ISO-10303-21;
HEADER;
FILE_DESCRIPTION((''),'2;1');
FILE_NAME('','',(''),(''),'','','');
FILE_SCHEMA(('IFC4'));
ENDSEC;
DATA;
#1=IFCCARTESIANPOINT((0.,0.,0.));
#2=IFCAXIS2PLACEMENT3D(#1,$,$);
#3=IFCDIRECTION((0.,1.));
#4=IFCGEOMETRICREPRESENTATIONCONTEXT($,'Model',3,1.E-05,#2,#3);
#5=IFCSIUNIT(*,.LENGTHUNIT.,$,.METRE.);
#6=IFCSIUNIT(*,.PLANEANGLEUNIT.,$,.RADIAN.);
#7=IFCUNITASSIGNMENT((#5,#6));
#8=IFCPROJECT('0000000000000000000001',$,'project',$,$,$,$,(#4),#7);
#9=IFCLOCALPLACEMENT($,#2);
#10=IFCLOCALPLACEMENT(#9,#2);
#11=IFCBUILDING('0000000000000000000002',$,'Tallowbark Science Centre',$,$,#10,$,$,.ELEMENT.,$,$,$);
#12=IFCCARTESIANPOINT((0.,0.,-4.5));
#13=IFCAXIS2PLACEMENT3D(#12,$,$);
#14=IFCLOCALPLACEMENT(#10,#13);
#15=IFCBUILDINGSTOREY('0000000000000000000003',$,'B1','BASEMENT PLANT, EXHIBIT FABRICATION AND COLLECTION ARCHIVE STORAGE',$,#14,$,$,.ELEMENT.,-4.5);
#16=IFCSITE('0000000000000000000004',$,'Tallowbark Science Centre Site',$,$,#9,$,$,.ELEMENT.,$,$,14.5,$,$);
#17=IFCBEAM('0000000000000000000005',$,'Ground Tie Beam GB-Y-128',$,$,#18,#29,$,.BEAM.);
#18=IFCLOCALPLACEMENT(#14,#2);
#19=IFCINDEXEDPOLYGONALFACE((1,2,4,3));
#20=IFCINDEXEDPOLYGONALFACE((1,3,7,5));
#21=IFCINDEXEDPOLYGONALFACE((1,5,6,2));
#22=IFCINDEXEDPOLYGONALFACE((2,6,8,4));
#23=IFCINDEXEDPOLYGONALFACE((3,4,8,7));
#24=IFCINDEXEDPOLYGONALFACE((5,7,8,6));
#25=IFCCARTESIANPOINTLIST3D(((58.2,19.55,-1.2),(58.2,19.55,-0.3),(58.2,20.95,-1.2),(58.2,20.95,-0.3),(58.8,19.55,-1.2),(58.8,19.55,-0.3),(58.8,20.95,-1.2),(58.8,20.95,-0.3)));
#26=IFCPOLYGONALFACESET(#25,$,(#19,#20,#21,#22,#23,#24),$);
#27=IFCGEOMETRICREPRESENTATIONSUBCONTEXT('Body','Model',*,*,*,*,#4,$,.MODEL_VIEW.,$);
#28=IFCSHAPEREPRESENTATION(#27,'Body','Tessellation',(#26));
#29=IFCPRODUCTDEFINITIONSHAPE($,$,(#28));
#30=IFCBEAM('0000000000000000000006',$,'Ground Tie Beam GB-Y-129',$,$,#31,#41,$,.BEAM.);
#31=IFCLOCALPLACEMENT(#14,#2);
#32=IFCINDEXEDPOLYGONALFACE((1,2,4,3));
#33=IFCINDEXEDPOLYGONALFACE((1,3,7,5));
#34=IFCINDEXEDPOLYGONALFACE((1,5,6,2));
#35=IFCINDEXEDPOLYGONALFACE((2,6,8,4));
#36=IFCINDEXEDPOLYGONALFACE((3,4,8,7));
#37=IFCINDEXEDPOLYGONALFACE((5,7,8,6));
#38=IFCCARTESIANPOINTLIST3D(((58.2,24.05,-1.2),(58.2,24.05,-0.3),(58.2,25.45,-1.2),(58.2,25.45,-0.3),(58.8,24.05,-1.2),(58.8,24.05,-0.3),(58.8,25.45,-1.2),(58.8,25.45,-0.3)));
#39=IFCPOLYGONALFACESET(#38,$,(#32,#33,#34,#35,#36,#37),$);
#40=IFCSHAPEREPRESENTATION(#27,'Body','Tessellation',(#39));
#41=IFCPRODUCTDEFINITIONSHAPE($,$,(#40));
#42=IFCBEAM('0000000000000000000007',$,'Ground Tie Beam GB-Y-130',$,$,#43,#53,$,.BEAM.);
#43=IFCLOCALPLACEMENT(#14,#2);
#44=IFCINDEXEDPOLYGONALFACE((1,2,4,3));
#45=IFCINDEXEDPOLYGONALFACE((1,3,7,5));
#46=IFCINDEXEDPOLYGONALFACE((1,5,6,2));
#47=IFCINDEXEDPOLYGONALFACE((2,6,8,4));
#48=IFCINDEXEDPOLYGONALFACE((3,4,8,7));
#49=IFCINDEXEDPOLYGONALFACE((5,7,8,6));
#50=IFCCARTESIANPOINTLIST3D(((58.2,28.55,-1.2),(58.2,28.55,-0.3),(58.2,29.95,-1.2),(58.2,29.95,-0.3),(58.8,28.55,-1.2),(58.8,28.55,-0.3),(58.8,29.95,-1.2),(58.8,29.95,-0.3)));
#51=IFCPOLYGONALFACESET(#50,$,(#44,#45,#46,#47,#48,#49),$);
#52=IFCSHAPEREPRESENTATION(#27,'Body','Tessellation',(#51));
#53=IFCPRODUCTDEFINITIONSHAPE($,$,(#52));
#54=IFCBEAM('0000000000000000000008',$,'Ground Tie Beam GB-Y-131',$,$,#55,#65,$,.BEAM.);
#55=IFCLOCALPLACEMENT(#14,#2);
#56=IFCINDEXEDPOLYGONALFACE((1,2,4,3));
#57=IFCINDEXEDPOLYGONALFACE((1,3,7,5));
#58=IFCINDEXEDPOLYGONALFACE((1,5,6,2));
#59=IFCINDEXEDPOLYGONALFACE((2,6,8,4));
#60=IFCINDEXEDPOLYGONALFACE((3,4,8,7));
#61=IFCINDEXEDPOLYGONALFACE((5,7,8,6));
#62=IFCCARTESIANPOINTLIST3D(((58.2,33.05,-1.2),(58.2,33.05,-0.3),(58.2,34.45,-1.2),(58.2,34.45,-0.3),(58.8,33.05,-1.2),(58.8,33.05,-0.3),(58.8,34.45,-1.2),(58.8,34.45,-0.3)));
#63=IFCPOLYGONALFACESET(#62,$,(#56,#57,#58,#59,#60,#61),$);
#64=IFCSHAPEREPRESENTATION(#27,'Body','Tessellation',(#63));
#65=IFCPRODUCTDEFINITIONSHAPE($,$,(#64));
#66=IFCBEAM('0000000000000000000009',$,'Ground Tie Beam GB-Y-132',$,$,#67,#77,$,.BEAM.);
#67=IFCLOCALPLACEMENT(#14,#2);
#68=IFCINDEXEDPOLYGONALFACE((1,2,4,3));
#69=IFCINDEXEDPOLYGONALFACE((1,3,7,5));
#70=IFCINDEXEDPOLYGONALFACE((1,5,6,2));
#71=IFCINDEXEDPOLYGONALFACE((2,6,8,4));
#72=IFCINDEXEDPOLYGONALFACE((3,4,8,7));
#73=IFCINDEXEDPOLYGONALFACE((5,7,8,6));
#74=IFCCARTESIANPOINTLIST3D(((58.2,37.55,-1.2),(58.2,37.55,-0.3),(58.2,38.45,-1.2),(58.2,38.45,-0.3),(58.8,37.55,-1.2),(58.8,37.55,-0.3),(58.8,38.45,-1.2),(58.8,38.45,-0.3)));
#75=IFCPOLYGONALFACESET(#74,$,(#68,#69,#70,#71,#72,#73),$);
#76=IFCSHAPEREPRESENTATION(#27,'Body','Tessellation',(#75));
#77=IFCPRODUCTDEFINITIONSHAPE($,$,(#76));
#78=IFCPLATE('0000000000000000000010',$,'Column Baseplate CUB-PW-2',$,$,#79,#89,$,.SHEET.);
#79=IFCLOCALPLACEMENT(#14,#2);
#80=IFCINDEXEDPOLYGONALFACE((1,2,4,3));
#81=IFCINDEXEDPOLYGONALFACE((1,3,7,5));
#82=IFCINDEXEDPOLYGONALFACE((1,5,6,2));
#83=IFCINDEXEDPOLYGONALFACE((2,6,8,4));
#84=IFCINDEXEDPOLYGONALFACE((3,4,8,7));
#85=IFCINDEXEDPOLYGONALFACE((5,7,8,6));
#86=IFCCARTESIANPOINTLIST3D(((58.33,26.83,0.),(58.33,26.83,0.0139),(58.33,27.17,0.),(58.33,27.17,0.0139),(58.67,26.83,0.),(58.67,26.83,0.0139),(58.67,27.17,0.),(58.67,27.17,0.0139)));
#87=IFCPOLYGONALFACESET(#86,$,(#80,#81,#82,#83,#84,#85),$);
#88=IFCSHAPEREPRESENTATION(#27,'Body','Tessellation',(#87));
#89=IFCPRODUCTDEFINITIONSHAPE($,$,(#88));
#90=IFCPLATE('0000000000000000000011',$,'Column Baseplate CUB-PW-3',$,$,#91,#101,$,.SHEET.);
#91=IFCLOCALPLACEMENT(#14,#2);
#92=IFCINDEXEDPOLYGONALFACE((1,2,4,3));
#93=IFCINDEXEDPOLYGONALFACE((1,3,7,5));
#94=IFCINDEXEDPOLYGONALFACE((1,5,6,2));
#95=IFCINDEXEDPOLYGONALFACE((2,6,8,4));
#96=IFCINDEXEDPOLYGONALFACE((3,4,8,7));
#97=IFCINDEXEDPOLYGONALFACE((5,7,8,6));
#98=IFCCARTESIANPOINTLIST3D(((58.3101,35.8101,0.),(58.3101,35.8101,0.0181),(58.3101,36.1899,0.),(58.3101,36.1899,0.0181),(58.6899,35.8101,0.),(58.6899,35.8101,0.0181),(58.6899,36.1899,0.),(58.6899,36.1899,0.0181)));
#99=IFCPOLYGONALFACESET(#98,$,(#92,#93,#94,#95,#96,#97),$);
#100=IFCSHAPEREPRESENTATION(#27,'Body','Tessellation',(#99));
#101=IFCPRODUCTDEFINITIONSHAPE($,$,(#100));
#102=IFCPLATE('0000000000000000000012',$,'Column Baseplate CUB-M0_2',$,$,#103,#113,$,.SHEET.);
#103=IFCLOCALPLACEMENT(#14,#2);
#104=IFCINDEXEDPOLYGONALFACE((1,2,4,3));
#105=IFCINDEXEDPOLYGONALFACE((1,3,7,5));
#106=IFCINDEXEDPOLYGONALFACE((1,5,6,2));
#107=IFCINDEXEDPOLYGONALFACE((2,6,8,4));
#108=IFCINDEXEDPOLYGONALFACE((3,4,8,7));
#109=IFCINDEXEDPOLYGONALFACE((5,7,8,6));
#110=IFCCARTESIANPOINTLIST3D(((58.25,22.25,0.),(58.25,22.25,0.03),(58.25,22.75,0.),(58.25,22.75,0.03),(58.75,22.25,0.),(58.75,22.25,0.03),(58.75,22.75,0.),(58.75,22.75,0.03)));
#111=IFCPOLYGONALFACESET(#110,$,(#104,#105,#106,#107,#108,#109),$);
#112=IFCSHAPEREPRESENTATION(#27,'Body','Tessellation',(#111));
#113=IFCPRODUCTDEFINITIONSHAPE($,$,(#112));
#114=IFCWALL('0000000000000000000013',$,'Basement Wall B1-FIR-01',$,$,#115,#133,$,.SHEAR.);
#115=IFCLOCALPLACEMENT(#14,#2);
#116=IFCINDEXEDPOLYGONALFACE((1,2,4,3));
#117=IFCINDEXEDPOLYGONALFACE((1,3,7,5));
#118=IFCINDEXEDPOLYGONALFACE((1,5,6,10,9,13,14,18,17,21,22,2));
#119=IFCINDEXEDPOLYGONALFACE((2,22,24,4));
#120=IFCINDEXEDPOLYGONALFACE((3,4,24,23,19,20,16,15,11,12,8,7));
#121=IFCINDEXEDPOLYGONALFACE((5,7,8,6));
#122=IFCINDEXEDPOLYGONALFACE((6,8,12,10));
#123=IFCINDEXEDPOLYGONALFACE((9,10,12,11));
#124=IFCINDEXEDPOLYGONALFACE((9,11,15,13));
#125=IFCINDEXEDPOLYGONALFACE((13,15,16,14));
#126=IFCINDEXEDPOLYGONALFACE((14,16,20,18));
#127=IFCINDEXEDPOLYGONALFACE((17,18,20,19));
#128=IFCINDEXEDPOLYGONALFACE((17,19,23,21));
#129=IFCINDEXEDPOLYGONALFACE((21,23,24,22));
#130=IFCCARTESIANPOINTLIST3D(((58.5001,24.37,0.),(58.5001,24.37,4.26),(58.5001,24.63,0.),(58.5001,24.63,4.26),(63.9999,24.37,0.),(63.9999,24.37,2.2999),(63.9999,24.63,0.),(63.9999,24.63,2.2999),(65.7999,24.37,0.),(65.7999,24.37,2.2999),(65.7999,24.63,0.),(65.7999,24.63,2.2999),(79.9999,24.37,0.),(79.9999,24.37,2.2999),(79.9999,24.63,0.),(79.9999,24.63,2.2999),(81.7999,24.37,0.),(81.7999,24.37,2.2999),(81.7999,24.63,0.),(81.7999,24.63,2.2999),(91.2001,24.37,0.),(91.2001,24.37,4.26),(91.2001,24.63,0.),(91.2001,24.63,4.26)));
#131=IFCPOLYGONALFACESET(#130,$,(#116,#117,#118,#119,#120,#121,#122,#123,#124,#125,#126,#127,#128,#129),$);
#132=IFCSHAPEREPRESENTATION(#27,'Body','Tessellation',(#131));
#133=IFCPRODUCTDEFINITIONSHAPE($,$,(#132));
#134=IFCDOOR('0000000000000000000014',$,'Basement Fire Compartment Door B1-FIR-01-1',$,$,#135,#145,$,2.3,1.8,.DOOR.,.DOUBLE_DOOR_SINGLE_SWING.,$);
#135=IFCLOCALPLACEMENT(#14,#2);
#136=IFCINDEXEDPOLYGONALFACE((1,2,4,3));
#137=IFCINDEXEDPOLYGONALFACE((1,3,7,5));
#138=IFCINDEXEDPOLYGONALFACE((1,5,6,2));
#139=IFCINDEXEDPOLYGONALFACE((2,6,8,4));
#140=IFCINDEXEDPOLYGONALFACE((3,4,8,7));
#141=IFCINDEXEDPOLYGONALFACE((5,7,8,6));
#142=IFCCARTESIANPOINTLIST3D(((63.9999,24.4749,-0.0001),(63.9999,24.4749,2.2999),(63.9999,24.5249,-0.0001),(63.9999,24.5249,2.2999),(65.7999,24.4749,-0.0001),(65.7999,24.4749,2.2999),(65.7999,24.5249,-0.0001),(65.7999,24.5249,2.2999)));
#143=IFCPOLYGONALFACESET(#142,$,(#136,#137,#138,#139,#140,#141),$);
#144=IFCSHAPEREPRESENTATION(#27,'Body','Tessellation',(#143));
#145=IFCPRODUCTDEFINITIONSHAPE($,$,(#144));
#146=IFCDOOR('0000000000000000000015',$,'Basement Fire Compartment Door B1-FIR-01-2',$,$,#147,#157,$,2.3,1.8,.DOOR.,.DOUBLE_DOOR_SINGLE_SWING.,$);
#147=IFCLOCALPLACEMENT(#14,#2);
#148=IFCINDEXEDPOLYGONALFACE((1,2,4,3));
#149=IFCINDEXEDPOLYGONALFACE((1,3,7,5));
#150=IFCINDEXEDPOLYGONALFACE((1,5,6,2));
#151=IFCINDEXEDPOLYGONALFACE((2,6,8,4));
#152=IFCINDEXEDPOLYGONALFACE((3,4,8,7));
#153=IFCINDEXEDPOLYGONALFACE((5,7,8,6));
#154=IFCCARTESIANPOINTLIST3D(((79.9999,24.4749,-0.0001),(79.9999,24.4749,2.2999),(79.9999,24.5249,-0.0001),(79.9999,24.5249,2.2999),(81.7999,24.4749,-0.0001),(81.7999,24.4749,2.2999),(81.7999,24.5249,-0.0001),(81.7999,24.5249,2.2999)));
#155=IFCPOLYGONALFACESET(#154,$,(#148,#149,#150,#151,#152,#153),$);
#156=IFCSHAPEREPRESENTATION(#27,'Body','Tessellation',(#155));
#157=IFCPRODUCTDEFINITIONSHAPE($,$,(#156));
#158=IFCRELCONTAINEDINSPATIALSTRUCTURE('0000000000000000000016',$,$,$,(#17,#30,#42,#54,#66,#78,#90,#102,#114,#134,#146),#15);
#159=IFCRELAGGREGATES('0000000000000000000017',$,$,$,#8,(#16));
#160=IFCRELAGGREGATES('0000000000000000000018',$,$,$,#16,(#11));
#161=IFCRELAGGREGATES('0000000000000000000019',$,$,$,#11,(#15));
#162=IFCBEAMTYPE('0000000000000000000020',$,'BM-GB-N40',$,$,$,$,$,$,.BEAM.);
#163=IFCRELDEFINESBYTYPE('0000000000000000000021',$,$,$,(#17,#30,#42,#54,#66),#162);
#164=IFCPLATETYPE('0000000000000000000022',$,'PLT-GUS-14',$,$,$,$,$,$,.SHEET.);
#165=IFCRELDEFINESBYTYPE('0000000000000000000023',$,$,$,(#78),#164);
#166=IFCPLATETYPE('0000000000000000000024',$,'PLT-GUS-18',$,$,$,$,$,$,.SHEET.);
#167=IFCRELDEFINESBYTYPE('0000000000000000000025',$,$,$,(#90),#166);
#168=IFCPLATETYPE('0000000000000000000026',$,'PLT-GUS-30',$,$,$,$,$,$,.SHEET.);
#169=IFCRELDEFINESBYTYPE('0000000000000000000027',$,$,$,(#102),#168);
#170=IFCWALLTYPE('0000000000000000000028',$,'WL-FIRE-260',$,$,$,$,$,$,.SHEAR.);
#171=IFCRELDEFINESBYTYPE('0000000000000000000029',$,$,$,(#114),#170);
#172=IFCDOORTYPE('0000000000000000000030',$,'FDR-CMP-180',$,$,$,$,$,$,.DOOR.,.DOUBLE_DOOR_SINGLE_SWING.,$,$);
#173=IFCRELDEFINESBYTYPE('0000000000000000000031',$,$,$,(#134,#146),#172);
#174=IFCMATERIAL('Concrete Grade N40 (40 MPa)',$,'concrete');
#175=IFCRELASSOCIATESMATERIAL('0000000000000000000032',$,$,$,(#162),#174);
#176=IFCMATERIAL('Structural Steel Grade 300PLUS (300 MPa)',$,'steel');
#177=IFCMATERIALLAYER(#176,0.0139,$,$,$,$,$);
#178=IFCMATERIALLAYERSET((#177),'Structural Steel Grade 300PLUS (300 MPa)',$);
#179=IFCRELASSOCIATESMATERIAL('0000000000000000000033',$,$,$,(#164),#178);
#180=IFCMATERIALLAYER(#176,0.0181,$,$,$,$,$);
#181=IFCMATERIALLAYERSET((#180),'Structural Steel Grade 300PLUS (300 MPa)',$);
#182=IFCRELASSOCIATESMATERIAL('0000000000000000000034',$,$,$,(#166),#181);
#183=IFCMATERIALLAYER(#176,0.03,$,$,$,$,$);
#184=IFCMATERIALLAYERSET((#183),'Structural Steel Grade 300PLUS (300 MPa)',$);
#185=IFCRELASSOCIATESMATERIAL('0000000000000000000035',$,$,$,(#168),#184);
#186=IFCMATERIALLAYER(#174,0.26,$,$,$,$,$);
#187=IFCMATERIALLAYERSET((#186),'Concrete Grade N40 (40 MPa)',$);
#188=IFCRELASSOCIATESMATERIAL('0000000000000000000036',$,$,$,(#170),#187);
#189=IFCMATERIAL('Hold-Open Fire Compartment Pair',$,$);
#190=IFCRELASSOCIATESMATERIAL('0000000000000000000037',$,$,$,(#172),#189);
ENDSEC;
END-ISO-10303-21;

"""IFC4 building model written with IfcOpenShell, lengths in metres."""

from ifc_helpers import new_model, si_unit, direction, frame, frame_2d, origin, origin_2d, place, context, subcontext, project, spatial, rectangle, extrude, material, layer, layer_set, material_profile, profile_set, type_object, element, fill, save


model = new_model("IFC4")

# Units and contexts
model_context = context("Model", 3, precision=1e-05, world=origin(), true_north=direction((0.0, 1.0)))
body_context = subcontext(model_context, "Body", "Model", "MODEL_VIEW")
ifc_project = project(units=[si_unit("LENGTHUNIT", "METRE"), si_unit("PLANEANGLEUNIT", "RADIAN")], contexts=[model_context])

# Site, building, storey
site_placement = place(None, origin())
site = spatial("IfcSite", under=ifc_project, at=site_placement, Name="Tallowbark Science Centre Site", CompositionType="ELEMENT", RefElevation=14.5)
building_placement = place(site_placement, origin())
building = spatial("IfcBuilding", under=site, at=building_placement, Name="Tallowbark Science Centre", CompositionType="ELEMENT")
storey_placement = place(building_placement, frame((0.0, 0.0, -4.5)))
storey = spatial("IfcBuildingStorey", under=building, at=storey_placement, Name="B1", Description="BASEMENT PLANT, EXHIBIT FABRICATION AND COLLECTION ARCHIVE STORAGE", CompositionType="ELEMENT", Elevation=-4.5)

# Shared definitions
ifc_material_1 = material(Name="Concrete Grade N40 (40 MPa)", Category="concrete")

# Shared definitions
ifc_material_2 = material(Name="Structural Steel Grade 300PLUS (300 MPa)", Category="steel")

# Beams
ifc_material_profile_1 = material_profile(ifc_material_1, rectangle(XDim=0.6001, YDim=0.8999, at=origin_2d()), Name="RC600x900")
ifc_profile_set_1 = profile_set([ifc_material_profile_1], Name="Concrete Grade N40 (40 MPa)")
beam_type = type_object("IfcBeamType", Name="BM-GB-N40", PredefinedType="BEAM", material=ifc_profile_set_1)
for number, where, z_axis, x_axis, name in (
    (1, (58.5, 19.55, -0.75), (0.0, 1.0, 0.0), (-1.0, 0.0, 0.0), "Ground Tie Beam GB-Y-128"),
    (2, (58.5, 24.05, -0.75), (0.0, 1.0, 0.0), (-1.0, 0.0, 0.0), "Ground Tie Beam GB-Y-129"),
    (3, (58.5, 28.55, -0.75), (0.0, 1.0, 0.0), (-1.0, 0.0, 0.0), "Ground Tie Beam GB-Y-130"),
    (4, (58.5, 33.05, -0.75), (0.0, 1.0, 0.0), (-1.0, 0.0, 0.0), "Ground Tie Beam GB-Y-131"),
):
    element("IfcBeam", number, at=place(storey_placement, frame(where, z_axis=z_axis, x_axis=x_axis)), inside=storey, type_object=beam_type, Name=name, PredefinedType="BEAM", context=body_context, shape_type="SweptSolid", body=[
        extrude(rectangle(XDim=0.6001, YDim=0.8999, at=origin_2d()), origin(), (0.0, 0.0, 1.0), 1.3999),
    ])
beam_placement = place(storey_placement, frame((58.5, 37.55, -0.75), z_axis=(0.0, 1.0, 0.0), x_axis=(-1.0, 0.0, 0.0)))
element("IfcBeam", 5, at=beam_placement, inside=storey, type_object=beam_type, Name="Ground Tie Beam GB-Y-132", PredefinedType="BEAM", context=body_context, shape_type="SweptSolid", body=[
    extrude(rectangle(XDim=0.6001, YDim=0.8999, at=origin_2d()), origin(), (0.0, 0.0, 1.0), 0.8999),
])

# Plates
ifc_layer_1 = layer(ifc_material_2, 0.0139)
ifc_layer_set_1 = layer_set([ifc_layer_1], Name="Structural Steel Grade 300PLUS (300 MPa)")
plate_type_1 = type_object("IfcPlateType", Name="PLT-GUS-14", PredefinedType="SHEET", material=ifc_layer_set_1)
plate_1_placement = place(storey_placement, frame((58.5, 27.0, 0.0), z_axis=(0.0, 0.0, 1.0), x_axis=(1.0, 0.0, 0.0)))
element("IfcPlate", 6, at=plate_1_placement, inside=storey, type_object=plate_type_1, Name="Column Baseplate CUB-PW-2", PredefinedType="SHEET", context=body_context, shape_type="SweptSolid", body=[
    extrude(rectangle(XDim=0.3401, YDim=0.3401, at=origin_2d()), origin(), (0.0, 0.0, 1.0), 0.0139),
])
ifc_layer_2 = layer(ifc_material_2, 0.0181)
ifc_layer_set_2 = layer_set([ifc_layer_2], Name="Structural Steel Grade 300PLUS (300 MPa)")
plate_type_2 = type_object("IfcPlateType", Name="PLT-GUS-18", PredefinedType="SHEET", material=ifc_layer_set_2)
plate_2_placement = place(storey_placement, frame((58.5, 36.0, 0.0), z_axis=(0.0, 0.0, 1.0), x_axis=(1.0, 0.0, 0.0)))
element("IfcPlate", 7, at=plate_2_placement, inside=storey, type_object=plate_type_2, Name="Column Baseplate CUB-PW-3", PredefinedType="SHEET", context=body_context, shape_type="SweptSolid", body=[
    extrude(rectangle(XDim=0.3799, YDim=0.3799, at=origin_2d()), origin(), (0.0, 0.0, 1.0), 0.0181),
])
ifc_layer_3 = layer(ifc_material_2, 0.03)
ifc_layer_set_3 = layer_set([ifc_layer_3], Name="Structural Steel Grade 300PLUS (300 MPa)")
plate_type_3 = type_object("IfcPlateType", Name="PLT-GUS-30", PredefinedType="SHEET", material=ifc_layer_set_3)
plate_3_placement = place(storey_placement, frame((58.5, 22.5, 0.0), z_axis=(0.0, 0.0, 1.0), x_axis=(1.0, 0.0, 0.0)))
element("IfcPlate", 8, at=plate_3_placement, inside=storey, type_object=plate_type_3, Name="Column Baseplate CUB-M0_2", PredefinedType="SHEET", context=body_context, shape_type="SweptSolid", body=[
    extrude(rectangle(XDim=0.5, YDim=0.5, at=origin_2d()), origin(), (0.0, 0.0, 1.0), 0.03),
])

# Wall, openings, doors
ifc_layer_4 = layer(ifc_material_1, 0.26)
ifc_layer_set_4 = layer_set([ifc_layer_4], Name="Concrete Grade N40 (40 MPa)")
wall_type = type_object("IfcWallType", Name="WL-FIRE-260", PredefinedType="SHEAR", material=ifc_layer_set_4)
wall_placement = place(storey_placement, frame((58.5, 24.5, 0.0), z_axis=(0.0, 0.0, 1.0), x_axis=(1.0, 0.0, 0.0)))
wall = element("IfcWall", 9, at=wall_placement, inside=storey, type_object=wall_type, Name="Basement Wall B1-FIR-01", PredefinedType="SHEAR", context=body_context, shape_type="SweptSolid", body=[
    extrude(rectangle(XDim=32.7, YDim=0.26, at=frame_2d((16.3501, 0.0))), origin(), (0.0, 0.0, 1.0), 4.26),
])
opening_1_placement = place(wall_placement, frame((5.5, 0.0, 0.0)))
opening_1 = element("IfcOpeningElement", 10, at=opening_1_placement, cuts=wall, PredefinedType="OPENING", context=body_context, shape_type="SweptSolid", body=[
    extrude(rectangle(XDim=1.8, YDim=2.3, at=frame_2d((0.8999, 1.1499))), frame((0.0, 0.1401, 0.0), z_axis=(0.0, -1.0, 0.0), x_axis=(1.0, 0.0, 0.0)), (0.0, 0.0, 1.0), 0.28),
])
opening_2_placement = place(wall_placement, frame((21.5, 0.0, 0.0)))
opening_2 = element("IfcOpeningElement", 11, at=opening_2_placement, cuts=wall, PredefinedType="OPENING", context=body_context, shape_type="SweptSolid", body=[
    extrude(rectangle(XDim=1.8, YDim=2.3, at=frame_2d((0.8999, 1.1499))), frame((0.0, 0.1401, 0.0), z_axis=(0.0, -1.0, 0.0), x_axis=(1.0, 0.0, 0.0)), (0.0, 0.0, 1.0), 0.28),
])
ifc_material_3 = material(Name="Hold-Open Fire Compartment Pair")
door_type = type_object("IfcDoorType", Name="FDR-CMP-180", OperationType="DOUBLE_DOOR_SINGLE_SWING", PredefinedType="DOOR", material=ifc_material_3)
door_1_placement = place(opening_1_placement, origin())
door_1 = element("IfcDoor", 12, at=door_1_placement, inside=storey, type_object=door_type, Name="Basement Fire Compartment Door B1-FIR-01-1", OperationType="DOUBLE_DOOR_SINGLE_SWING", OverallHeight=2.3, OverallWidth=1.8, PredefinedType="DOOR", context=body_context, shape_type="SweptSolid", body=[
    extrude(rectangle(XDim=1.8, YDim=2.3, at=frame_2d((0.8999, 1.1499))), frame((0.0, 0.0249, 0.0), z_axis=(0.0, -1.0, 0.0), x_axis=(1.0, 0.0, 0.0)), (0.0, 0.0, 1.0), 0.05),
])
fill(opening_1, door_1)
door_2_placement = place(opening_2_placement, origin())
door_2 = element("IfcDoor", 13, at=door_2_placement, inside=storey, type_object=door_type, Name="Basement Fire Compartment Door B1-FIR-01-2", OperationType="DOUBLE_DOOR_SINGLE_SWING", OverallHeight=2.3, OverallWidth=1.8, PredefinedType="DOOR", context=body_context, shape_type="SweptSolid", body=[
    extrude(rectangle(XDim=1.8, YDim=2.3, at=frame_2d((0.8999, 1.1499))), frame((0.0, 0.0249, 0.0), z_axis=(0.0, -1.0, 0.0), x_axis=(1.0, 0.0, 0.0)), (0.0, 0.0, 1.0), 0.05),
])
fill(opening_2, door_2)

save(model, "model.ifc")
